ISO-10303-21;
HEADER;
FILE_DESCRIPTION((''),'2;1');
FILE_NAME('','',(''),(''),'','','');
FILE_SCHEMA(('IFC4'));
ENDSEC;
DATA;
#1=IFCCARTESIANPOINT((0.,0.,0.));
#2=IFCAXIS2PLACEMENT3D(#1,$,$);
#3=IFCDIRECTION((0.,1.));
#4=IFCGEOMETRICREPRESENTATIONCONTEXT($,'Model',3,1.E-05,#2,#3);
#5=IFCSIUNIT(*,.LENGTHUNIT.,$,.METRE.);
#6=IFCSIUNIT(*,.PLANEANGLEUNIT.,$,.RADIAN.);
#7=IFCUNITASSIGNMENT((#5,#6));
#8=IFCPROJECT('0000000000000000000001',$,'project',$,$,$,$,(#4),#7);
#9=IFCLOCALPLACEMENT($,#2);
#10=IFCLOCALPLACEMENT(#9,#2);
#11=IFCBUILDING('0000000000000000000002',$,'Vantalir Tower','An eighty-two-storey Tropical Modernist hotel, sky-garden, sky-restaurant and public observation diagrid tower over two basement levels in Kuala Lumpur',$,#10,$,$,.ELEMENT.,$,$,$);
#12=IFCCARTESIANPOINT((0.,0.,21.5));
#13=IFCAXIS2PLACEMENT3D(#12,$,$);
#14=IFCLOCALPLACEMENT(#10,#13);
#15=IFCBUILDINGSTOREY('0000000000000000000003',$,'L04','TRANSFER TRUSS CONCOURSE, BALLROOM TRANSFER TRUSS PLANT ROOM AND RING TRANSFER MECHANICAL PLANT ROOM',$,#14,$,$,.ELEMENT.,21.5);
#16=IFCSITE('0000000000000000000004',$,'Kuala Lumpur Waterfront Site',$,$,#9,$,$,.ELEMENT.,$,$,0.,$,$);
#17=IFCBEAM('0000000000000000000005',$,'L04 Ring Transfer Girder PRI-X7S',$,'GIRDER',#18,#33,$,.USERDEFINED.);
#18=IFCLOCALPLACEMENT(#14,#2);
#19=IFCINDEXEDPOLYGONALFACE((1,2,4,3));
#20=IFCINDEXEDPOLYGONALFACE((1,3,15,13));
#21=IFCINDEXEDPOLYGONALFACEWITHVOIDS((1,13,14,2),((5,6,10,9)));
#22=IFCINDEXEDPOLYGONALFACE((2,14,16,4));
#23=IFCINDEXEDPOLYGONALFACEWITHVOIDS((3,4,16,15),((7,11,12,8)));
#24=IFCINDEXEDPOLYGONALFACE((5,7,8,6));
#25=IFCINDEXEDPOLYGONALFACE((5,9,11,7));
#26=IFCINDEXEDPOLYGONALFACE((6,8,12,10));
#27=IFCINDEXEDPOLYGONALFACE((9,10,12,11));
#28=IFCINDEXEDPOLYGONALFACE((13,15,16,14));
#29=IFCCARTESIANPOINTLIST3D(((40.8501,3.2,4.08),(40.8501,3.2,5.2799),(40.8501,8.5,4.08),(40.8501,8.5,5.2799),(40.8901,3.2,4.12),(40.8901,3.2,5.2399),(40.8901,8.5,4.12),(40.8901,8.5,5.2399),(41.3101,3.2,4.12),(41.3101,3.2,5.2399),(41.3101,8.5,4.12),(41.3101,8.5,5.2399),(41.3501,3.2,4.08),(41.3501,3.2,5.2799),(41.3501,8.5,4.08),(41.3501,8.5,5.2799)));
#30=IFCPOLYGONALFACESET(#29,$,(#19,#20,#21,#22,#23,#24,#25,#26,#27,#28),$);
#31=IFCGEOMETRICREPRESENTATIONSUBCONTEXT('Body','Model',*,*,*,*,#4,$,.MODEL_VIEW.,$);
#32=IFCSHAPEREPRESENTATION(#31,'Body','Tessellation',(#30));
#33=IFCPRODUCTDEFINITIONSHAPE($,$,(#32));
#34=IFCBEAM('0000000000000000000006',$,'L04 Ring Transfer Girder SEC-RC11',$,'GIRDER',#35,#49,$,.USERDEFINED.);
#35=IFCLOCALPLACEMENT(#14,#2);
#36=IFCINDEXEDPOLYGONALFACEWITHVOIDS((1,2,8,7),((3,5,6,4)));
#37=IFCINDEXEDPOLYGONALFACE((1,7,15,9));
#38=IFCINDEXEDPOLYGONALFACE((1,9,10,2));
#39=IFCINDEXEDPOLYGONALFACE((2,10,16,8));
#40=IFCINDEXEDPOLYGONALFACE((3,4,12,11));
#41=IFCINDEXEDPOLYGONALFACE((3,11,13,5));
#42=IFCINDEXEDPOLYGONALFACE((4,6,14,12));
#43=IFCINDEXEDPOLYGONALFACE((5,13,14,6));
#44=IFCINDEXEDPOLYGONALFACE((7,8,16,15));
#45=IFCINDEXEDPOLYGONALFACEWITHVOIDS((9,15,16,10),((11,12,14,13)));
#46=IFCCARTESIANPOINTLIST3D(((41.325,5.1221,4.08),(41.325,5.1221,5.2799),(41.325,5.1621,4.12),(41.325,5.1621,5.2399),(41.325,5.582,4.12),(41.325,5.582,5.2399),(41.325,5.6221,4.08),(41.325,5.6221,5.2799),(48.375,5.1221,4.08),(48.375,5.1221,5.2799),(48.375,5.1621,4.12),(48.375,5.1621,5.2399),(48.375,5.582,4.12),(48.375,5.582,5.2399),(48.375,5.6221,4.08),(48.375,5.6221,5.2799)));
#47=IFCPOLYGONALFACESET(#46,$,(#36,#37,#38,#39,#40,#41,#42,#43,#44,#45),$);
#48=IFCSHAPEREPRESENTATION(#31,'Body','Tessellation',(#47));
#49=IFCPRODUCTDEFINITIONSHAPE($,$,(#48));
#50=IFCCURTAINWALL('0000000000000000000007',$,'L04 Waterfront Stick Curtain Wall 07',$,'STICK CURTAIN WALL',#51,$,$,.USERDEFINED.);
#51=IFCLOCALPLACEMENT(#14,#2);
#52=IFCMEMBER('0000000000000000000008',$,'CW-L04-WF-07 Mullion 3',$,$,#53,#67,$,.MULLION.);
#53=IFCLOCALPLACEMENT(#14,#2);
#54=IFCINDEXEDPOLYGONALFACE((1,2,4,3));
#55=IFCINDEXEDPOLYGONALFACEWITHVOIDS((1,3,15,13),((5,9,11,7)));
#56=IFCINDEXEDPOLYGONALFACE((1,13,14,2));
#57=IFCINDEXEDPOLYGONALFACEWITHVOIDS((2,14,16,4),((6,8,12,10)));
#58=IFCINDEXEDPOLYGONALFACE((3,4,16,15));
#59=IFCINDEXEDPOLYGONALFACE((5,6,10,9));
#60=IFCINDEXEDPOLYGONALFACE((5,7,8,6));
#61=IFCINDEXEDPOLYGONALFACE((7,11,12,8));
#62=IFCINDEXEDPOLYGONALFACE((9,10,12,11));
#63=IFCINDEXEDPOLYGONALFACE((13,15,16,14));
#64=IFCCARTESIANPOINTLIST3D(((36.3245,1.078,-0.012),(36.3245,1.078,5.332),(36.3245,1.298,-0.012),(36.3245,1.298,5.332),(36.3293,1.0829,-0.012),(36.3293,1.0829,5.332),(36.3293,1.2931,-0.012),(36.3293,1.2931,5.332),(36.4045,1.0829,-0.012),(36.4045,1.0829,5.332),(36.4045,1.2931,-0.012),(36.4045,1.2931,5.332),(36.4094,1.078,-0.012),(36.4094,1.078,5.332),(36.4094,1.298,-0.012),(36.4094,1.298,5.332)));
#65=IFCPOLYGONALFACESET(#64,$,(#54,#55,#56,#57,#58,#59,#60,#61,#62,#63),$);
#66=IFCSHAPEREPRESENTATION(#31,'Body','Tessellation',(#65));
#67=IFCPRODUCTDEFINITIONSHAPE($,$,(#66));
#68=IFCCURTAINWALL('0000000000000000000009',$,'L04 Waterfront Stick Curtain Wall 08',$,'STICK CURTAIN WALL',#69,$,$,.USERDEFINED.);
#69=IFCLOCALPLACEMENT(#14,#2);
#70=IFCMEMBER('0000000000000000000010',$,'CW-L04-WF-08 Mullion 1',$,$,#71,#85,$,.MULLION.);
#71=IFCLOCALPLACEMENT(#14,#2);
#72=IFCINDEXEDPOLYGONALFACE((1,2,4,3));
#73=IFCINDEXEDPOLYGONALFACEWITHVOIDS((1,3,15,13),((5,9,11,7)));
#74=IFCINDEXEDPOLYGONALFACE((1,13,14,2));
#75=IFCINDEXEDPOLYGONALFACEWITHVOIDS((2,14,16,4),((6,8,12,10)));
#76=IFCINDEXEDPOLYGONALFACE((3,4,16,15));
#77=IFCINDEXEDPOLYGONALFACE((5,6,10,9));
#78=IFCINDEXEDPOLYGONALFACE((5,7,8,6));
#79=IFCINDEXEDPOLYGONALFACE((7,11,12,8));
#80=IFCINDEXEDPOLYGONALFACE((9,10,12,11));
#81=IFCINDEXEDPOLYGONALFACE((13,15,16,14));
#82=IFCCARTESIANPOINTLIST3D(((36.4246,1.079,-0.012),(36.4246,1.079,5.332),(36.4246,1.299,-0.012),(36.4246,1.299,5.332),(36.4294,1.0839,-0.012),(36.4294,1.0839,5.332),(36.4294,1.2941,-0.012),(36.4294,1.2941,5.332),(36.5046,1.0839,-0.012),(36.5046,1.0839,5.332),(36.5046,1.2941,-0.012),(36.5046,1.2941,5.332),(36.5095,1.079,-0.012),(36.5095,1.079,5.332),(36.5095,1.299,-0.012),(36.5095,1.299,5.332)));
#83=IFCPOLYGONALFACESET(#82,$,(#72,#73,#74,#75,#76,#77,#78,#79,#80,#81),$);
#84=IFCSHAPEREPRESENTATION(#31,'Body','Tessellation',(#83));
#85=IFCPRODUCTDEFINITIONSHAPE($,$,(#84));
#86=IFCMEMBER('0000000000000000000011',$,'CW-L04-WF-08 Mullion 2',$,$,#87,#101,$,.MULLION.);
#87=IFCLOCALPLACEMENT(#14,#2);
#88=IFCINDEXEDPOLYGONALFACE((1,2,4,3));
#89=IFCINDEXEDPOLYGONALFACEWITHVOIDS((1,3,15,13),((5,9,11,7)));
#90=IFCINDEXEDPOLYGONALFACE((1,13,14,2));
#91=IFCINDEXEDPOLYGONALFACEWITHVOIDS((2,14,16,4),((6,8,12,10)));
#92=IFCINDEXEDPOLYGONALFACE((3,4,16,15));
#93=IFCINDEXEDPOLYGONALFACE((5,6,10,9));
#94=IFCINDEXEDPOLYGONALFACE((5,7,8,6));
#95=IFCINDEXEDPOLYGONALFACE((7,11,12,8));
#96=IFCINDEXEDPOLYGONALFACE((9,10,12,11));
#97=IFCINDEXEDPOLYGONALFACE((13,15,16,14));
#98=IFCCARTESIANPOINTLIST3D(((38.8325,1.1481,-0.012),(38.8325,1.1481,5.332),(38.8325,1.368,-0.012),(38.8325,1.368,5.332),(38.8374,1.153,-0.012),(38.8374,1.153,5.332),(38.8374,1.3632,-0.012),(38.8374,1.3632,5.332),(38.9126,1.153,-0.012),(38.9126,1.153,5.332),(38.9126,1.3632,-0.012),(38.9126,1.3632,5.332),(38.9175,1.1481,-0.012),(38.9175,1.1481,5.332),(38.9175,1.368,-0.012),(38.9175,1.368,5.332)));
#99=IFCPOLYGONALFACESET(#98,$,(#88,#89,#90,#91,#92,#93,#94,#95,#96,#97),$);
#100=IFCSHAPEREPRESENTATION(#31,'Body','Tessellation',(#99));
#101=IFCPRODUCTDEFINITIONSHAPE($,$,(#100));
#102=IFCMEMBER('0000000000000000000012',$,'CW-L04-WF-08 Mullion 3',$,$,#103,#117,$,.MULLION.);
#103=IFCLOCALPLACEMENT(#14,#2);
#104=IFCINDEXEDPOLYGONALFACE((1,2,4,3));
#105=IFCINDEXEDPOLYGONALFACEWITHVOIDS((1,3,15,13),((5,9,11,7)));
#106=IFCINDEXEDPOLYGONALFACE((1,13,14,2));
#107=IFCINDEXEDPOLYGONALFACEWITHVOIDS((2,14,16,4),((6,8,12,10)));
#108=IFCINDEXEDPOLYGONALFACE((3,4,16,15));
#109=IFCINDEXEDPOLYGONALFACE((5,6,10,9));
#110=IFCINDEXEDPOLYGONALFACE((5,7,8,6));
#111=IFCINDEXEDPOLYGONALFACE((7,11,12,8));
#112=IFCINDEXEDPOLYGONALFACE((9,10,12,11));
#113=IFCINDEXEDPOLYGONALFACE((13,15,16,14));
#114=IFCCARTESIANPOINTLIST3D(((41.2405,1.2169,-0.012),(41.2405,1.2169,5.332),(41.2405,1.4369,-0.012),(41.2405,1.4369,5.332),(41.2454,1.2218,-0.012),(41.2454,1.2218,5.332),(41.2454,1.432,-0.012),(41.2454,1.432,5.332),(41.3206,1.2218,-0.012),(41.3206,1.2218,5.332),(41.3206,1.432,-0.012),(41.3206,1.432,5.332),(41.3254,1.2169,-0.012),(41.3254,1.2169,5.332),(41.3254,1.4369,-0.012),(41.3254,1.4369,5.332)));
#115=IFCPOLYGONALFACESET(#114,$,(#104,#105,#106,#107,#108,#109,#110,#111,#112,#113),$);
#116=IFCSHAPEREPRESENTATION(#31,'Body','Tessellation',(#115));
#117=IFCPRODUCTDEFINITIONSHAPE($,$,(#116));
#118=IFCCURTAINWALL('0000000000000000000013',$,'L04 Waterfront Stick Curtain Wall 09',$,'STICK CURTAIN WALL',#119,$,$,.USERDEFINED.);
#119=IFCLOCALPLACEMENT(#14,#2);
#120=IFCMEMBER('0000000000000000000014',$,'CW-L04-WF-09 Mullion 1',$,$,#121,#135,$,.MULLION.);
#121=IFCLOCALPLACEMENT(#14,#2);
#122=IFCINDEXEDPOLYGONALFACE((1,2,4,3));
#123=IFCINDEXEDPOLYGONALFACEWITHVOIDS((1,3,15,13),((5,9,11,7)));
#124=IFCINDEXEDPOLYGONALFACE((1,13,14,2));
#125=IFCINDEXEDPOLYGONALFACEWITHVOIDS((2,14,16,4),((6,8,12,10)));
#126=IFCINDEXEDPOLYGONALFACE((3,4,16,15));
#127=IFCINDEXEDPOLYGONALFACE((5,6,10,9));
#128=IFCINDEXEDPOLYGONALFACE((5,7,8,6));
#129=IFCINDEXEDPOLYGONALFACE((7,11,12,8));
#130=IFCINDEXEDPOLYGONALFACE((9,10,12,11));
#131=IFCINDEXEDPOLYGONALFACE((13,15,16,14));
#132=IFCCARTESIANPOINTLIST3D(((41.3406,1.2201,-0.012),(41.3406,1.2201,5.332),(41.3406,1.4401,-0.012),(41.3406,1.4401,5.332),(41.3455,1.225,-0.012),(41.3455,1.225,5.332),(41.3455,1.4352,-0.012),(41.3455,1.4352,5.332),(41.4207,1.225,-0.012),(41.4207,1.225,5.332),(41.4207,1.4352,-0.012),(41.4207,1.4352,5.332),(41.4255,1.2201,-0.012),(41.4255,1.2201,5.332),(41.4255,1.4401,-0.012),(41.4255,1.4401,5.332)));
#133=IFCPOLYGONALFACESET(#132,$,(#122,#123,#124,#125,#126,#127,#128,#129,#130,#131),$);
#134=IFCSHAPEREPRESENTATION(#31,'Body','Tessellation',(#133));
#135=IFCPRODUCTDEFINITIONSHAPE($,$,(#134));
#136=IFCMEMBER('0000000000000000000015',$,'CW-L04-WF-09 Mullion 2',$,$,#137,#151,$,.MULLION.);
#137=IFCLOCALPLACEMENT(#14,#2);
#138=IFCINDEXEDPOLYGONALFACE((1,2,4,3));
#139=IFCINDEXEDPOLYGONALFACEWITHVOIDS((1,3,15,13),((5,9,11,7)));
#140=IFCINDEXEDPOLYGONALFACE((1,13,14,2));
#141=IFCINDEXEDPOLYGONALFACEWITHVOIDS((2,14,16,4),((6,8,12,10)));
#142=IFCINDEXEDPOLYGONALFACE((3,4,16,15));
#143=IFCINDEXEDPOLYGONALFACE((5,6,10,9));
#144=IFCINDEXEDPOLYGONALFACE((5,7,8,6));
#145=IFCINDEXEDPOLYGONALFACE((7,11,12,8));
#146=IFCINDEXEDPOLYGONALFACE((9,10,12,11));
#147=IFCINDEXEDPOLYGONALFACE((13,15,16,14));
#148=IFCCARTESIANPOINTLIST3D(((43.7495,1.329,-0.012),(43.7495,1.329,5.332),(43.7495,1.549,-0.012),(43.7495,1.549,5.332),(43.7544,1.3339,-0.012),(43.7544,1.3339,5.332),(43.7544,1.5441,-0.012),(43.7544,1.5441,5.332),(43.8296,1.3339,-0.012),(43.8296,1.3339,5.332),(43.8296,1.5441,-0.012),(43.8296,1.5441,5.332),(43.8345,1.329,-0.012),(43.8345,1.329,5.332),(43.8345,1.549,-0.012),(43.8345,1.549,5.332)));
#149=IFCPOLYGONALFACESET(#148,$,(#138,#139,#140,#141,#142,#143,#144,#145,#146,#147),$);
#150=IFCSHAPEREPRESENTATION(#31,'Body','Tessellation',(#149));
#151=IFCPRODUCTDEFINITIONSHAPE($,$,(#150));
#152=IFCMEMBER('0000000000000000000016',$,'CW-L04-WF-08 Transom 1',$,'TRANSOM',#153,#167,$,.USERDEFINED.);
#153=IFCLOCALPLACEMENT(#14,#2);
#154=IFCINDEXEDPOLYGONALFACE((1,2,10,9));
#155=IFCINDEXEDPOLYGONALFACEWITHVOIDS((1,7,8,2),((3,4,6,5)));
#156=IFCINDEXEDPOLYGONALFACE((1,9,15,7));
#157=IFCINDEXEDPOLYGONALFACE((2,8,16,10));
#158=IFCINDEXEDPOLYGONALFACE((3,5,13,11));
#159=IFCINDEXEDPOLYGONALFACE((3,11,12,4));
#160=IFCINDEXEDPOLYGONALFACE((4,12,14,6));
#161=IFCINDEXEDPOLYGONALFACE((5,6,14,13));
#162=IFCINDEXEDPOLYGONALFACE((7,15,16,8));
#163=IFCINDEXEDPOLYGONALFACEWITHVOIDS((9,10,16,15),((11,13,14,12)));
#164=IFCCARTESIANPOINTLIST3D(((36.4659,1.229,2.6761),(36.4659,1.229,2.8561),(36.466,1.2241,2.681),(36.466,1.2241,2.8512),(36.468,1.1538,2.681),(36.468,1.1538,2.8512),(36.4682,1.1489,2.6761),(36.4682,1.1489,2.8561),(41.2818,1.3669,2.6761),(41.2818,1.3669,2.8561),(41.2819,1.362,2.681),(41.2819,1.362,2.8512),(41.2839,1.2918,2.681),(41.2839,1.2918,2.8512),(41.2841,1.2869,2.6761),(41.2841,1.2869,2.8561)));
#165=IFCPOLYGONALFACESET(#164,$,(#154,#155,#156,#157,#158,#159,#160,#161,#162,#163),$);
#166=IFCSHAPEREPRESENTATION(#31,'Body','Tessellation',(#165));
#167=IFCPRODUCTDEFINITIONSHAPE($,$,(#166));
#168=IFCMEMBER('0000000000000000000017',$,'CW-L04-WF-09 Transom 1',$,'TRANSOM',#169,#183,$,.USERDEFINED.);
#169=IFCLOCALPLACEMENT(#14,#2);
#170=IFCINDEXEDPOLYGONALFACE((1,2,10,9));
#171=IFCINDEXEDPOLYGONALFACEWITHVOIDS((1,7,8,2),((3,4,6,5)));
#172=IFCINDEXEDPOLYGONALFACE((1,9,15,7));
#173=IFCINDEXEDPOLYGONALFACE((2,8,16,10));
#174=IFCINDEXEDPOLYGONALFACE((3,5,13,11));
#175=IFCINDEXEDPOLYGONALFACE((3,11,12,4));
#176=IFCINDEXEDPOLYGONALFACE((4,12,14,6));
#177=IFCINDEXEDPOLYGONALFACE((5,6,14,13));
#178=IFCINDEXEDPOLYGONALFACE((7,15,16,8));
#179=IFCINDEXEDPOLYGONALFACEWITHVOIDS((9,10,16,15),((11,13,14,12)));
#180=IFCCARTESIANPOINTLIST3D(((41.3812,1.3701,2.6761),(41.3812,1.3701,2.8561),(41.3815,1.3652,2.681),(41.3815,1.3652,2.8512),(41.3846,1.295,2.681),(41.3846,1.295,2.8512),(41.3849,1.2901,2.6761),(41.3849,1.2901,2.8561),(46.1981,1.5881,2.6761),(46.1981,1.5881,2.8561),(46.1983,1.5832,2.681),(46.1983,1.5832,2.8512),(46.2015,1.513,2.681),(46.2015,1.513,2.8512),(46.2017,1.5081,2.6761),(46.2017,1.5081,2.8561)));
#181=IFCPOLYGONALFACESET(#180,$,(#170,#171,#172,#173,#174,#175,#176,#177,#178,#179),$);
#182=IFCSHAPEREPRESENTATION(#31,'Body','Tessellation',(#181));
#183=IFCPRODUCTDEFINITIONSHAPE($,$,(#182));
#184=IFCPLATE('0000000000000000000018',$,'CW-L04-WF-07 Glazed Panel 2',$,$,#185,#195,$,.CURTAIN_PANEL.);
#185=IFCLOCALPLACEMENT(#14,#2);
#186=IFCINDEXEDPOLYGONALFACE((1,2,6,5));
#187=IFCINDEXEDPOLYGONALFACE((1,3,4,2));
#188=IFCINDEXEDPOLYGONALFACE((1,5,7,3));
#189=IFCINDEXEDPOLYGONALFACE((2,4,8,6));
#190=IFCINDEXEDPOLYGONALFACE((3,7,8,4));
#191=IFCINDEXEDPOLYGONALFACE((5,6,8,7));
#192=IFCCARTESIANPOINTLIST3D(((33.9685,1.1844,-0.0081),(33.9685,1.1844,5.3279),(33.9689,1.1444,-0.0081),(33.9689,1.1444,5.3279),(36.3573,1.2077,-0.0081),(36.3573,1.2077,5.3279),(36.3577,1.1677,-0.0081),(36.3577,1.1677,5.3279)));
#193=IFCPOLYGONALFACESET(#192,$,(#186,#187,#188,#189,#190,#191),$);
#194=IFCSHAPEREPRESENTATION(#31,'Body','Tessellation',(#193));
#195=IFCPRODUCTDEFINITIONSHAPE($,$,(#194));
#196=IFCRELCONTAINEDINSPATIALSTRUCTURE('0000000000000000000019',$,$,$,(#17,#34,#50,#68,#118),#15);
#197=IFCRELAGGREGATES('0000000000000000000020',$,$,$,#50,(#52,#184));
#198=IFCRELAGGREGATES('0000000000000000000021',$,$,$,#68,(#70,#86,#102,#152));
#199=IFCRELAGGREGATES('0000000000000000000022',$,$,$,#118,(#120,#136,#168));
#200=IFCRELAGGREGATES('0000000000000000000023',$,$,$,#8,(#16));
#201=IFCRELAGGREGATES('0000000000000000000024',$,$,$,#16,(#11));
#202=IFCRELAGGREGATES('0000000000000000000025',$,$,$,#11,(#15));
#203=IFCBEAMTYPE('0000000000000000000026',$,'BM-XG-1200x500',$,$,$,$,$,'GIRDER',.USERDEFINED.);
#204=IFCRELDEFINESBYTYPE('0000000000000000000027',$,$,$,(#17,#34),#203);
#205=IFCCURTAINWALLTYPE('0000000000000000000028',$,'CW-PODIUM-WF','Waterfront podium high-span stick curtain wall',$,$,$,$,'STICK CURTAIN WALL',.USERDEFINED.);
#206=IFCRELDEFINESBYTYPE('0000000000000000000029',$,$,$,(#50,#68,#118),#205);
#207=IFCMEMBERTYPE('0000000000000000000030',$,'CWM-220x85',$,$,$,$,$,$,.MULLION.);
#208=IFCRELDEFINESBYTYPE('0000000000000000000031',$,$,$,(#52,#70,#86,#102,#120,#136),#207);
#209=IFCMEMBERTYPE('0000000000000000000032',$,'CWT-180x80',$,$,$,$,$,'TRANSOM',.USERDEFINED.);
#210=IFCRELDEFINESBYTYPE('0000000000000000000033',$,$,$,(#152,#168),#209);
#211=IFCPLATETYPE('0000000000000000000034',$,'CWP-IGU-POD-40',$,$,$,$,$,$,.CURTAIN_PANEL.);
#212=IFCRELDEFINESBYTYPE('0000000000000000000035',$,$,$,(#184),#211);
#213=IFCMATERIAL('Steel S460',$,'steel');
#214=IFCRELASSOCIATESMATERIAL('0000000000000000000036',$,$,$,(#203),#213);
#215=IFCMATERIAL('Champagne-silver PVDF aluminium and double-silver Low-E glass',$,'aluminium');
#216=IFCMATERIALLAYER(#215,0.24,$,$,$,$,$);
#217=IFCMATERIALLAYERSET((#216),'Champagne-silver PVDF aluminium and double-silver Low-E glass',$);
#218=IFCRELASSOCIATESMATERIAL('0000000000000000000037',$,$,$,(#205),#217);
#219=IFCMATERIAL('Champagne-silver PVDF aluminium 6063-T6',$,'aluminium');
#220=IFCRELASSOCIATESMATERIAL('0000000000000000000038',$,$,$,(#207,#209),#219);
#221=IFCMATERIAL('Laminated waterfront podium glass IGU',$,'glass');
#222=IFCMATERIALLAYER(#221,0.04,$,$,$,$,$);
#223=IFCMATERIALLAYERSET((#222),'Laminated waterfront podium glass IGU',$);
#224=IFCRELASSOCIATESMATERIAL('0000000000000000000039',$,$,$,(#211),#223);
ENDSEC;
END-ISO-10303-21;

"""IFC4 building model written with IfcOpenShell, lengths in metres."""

from ifc_helpers import new_model, si_unit, direction, frame, origin, origin_2d, place, context, subcontext, project, spatial, rectangle, hollow_rectangle, extrude, material, layer, layer_set, material_profile, profile_set, type_object, element, aggregate, save


model = new_model("IFC4")

# Units and contexts
model_context = context("Model", 3, precision=1e-05, world=origin(), true_north=direction((0.0, 1.0)))
body_context = subcontext(model_context, "Body", "Model", "MODEL_VIEW")
ifc_project = project(units=[si_unit("LENGTHUNIT", "METRE"), si_unit("PLANEANGLEUNIT", "RADIAN")], contexts=[model_context])

# Site, building, storey
site_placement = place(None, origin())
site = spatial("IfcSite", under=ifc_project, at=site_placement, Name="Kuala Lumpur Waterfront Site", CompositionType="ELEMENT", RefElevation=0.0)
building_placement = place(site_placement, origin())
building = spatial("IfcBuilding", under=site, at=building_placement, Name="Vantalir Tower", Description="An eighty-two-storey Tropical Modernist hotel, sky-garden, sky-restaurant and public observation diagrid tower over two basement levels in Kuala Lumpur", CompositionType="ELEMENT")
storey_placement = place(building_placement, frame((0.0, 0.0, 21.5)))
storey = spatial("IfcBuildingStorey", under=building, at=storey_placement, Name="L04", Description="TRANSFER TRUSS CONCOURSE, BALLROOM TRANSFER TRUSS PLANT ROOM AND RING TRANSFER MECHANICAL PLANT ROOM", CompositionType="ELEMENT", Elevation=21.5)

# Shared definitions
ifc_material_1 = material(Name="Steel S460", Category="steel")

# Beams
ifc_material_profile_1 = material_profile(ifc_material_1, hollow_rectangle(XDim=0.5, YDim=1.2, WallThickness=0.04, at=origin_2d()), Name="Steel S460")
ifc_profile_set_1 = profile_set([ifc_material_profile_1], Name="Steel S460")
beam_type_1 = type_object("IfcBeamType", Name="BM-XG-1200x500", ElementType="GIRDER", PredefinedType="USERDEFINED", material=ifc_profile_set_1)
beam_1_placement = place(storey_placement, frame((41.1001, 3.2, 4.6799), z_axis=(0.0, 1.0, 0.0), x_axis=(-1.0, 0.0, 0.0)))
element("IfcBeam", 1, at=beam_1_placement, inside=storey, type_object=beam_type_1, Name="L04 Ring Transfer Girder PRI-X7S", ObjectType="GIRDER", PredefinedType="USERDEFINED", context=body_context, shape_type="SweptSolid", body=[
    extrude(hollow_rectangle(XDim=0.5, YDim=1.2, WallThickness=0.04, at=origin_2d()), origin(), (0.0, 0.0, 1.0), 5.3),
])
beam_2_placement = place(storey_placement, frame((41.325, 5.3721, 4.6799), z_axis=(1.0, 0.0, 0.0), x_axis=(0.0, 1.0, 0.0)))
element("IfcBeam", 2, at=beam_2_placement, inside=storey, type_object=beam_type_1, Name="L04 Ring Transfer Girder SEC-RC11", ObjectType="GIRDER", PredefinedType="USERDEFINED", context=body_context, shape_type="SweptSolid", body=[
    extrude(hollow_rectangle(XDim=0.5, YDim=1.2, WallThickness=0.04, at=origin_2d()), origin(), (0.0, 0.0, 1.0), 7.05),
])

# Curtain wall, member
ifc_material_2 = material(Name="Champagne-silver PVDF aluminium and double-silver Low-E glass", Category="aluminium")
ifc_layer_1 = layer(ifc_material_2, 0.24)
ifc_layer_set_1 = layer_set([ifc_layer_1], Name="Champagne-silver PVDF aluminium and double-silver Low-E glass")
curtain_wall_type = type_object("IfcCurtainWallType", Name="CW-PODIUM-WF", Description="Waterfront podium high-span stick curtain wall", ElementType="STICK CURTAIN WALL", PredefinedType="USERDEFINED", material=ifc_layer_set_1)
curtain_wall_1_placement = place(storey_placement, origin())
curtain_wall_1 = element("IfcCurtainWall", 3, at=curtain_wall_1_placement, inside=storey, type_object=curtain_wall_type, Name="L04 Waterfront Stick Curtain Wall 07", ObjectType="STICK CURTAIN WALL", PredefinedType="USERDEFINED")
ifc_material_3 = material(Name="Champagne-silver PVDF aluminium 6063-T6", Category="aluminium")
ifc_material_profile_2 = material_profile(ifc_material_3, hollow_rectangle(XDim=0.085, YDim=0.22, WallThickness=0.0049, at=origin_2d()), Name="Champagne-silver PVDF aluminium 6063-T6")
ifc_profile_set_2 = profile_set([ifc_material_profile_2], Name="Champagne-silver PVDF aluminium 6063-T6")
member_type_1 = type_object("IfcMemberType", Name="CWM-220x85", PredefinedType="MULLION", material=ifc_profile_set_2)
member_1_placement = place(storey_placement, frame((36.3669, 1.188, -0.012), z_axis=(0.0, 0.0, 1.0), x_axis=(1.0, 0.0, 0.0)))
member_1 = element("IfcMember", 4, at=member_1_placement, type_object=member_type_1, Name="CW-L04-WF-07 Mullion 3", PredefinedType="MULLION", context=body_context, shape_type="SweptSolid", body=[
    extrude(hollow_rectangle(XDim=0.085, YDim=0.22, WallThickness=0.0049, at=origin_2d()), origin(), (0.0, 0.0, 1.0), 5.344),
])

# Curtain walls, members
curtain_wall_2_placement = place(storey_placement, origin())
curtain_wall_2 = element("IfcCurtainWall", 5, at=curtain_wall_2_placement, inside=storey, type_object=curtain_wall_type, Name="L04 Waterfront Stick Curtain Wall 08", ObjectType="STICK CURTAIN WALL", PredefinedType="USERDEFINED")
member_2_placement = place(storey_placement, frame((36.467, 1.189, -0.012), z_axis=(0.0, 0.0, 1.0), x_axis=(1.0, 0.0, 0.0)))
member_2 = element("IfcMember", 6, at=member_2_placement, type_object=member_type_1, Name="CW-L04-WF-08 Mullion 1", PredefinedType="MULLION", context=body_context, shape_type="SweptSolid", body=[
    extrude(hollow_rectangle(XDim=0.085, YDim=0.22, WallThickness=0.0049, at=origin_2d()), origin(), (0.0, 0.0, 1.0), 5.344),
])
member_3_placement = place(storey_placement, frame((38.875, 1.2581, -0.012), z_axis=(0.0, 0.0, 1.0), x_axis=(1.0, 0.0, 0.0)))
member_3 = element("IfcMember", 7, at=member_3_placement, type_object=member_type_1, Name="CW-L04-WF-08 Mullion 2", PredefinedType="MULLION", context=body_context, shape_type="SweptSolid", body=[
    extrude(hollow_rectangle(XDim=0.085, YDim=0.22, WallThickness=0.0049, at=origin_2d()), origin(), (0.0, 0.0, 1.0), 5.344),
])
member_4_placement = place(storey_placement, frame((41.283, 1.3269, -0.012), z_axis=(0.0, 0.0, 1.0), x_axis=(1.0, 0.0, 0.0)))
member_4 = element("IfcMember", 8, at=member_4_placement, type_object=member_type_1, Name="CW-L04-WF-08 Mullion 3", PredefinedType="MULLION", context=body_context, shape_type="SweptSolid", body=[
    extrude(hollow_rectangle(XDim=0.085, YDim=0.22, WallThickness=0.0049, at=origin_2d()), origin(), (0.0, 0.0, 1.0), 5.344),
])
curtain_wall_3_placement = place(storey_placement, origin())
curtain_wall_3 = element("IfcCurtainWall", 9, at=curtain_wall_3_placement, inside=storey, type_object=curtain_wall_type, Name="L04 Waterfront Stick Curtain Wall 09", ObjectType="STICK CURTAIN WALL", PredefinedType="USERDEFINED")
member_5_placement = place(storey_placement, frame((41.3831, 1.3301, -0.012), z_axis=(0.0, 0.0, 1.0), x_axis=(1.0, 0.0, 0.0)))
member_5 = element("IfcMember", 10, at=member_5_placement, type_object=member_type_1, Name="CW-L04-WF-09 Mullion 1", PredefinedType="MULLION", context=body_context, shape_type="SweptSolid", body=[
    extrude(hollow_rectangle(XDim=0.085, YDim=0.22, WallThickness=0.0049, at=origin_2d()), origin(), (0.0, 0.0, 1.0), 5.344),
])
member_6_placement = place(storey_placement, frame((43.792, 1.439, -0.012), z_axis=(0.0, 0.0, 1.0), x_axis=(1.0, 0.0, 0.0)))
member_6 = element("IfcMember", 11, at=member_6_placement, type_object=member_type_1, Name="CW-L04-WF-09 Mullion 2", PredefinedType="MULLION", context=body_context, shape_type="SweptSolid", body=[
    extrude(hollow_rectangle(XDim=0.085, YDim=0.22, WallThickness=0.0049, at=origin_2d()), origin(), (0.0, 0.0, 1.0), 5.344),
])

# Members
ifc_material_profile_3 = material_profile(ifc_material_3, hollow_rectangle(XDim=0.0801, YDim=0.1799, WallThickness=0.0049, at=origin_2d()), Name="Champagne-silver PVDF aluminium 6063-T6")
ifc_profile_set_3 = profile_set([ifc_material_profile_3], Name="Champagne-silver PVDF aluminium 6063-T6")
member_type_2 = type_object("IfcMemberType", Name="CWT-180x80", ElementType="TRANSOM", PredefinedType="USERDEFINED", material=ifc_profile_set_3)
member_7_placement = place(storey_placement, frame((36.467, 1.189, 2.7661), z_axis=(0.99959, 0.028631, 0.0), x_axis=(-0.028631, 0.99959, 0.0)))
member_7 = element("IfcMember", 12, at=member_7_placement, type_object=member_type_2, Name="CW-L04-WF-08 Transom 1", ObjectType="TRANSOM", PredefinedType="USERDEFINED", context=body_context, shape_type="SweptSolid", body=[
    extrude(hollow_rectangle(XDim=0.0801, YDim=0.1799, WallThickness=0.0049, at=origin_2d()), origin(), (0.0, 0.0, 1.0), 4.8179),
])
member_8_placement = place(storey_placement, frame((41.3831, 1.3301, 2.7661), z_axis=(0.998977, 0.045215, 0.0), x_axis=(-0.045215, 0.998977, 0.0)))
member_8 = element("IfcMember", 13, at=member_8_placement, type_object=member_type_2, Name="CW-L04-WF-09 Transom 1", ObjectType="TRANSOM", PredefinedType="USERDEFINED", context=body_context, shape_type="SweptSolid", body=[
    extrude(hollow_rectangle(XDim=0.0801, YDim=0.1799, WallThickness=0.0049, at=origin_2d()), origin(), (0.0, 0.0, 1.0), 4.8218),
])

# Plate
ifc_material_4 = material(Name="Laminated waterfront podium glass IGU", Category="glass")
ifc_layer_2 = layer(ifc_material_4, 0.04)
ifc_layer_set_2 = layer_set([ifc_layer_2], Name="Laminated waterfront podium glass IGU")
plate_type_1 = type_object("IfcPlateType", Name="CWP-IGU-POD-40", PredefinedType="CURTAIN_PANEL", material=ifc_layer_set_2)
plate_1_placement = place(storey_placement, frame((35.1631, 1.176, -0.0081), z_axis=(0.0, 0.0, 1.0), x_axis=(0.999952, 0.009756, 0.0)))
plate_1 = element("IfcPlate", 14, at=plate_1_placement, type_object=plate_type_1, Name="CW-L04-WF-07 Glazed Panel 2", PredefinedType="CURTAIN_PANEL", context=body_context, shape_type="SweptSolid", body=[
    extrude(rectangle(XDim=2.3889, YDim=0.04, at=origin_2d()), origin(), (0.0, 0.0, 1.0), 5.3359),
])
aggregate(curtain_wall_1, [member_1, plate_1])
aggregate(curtain_wall_2, [member_2, member_3, member_4, member_7])
aggregate(curtain_wall_3, [member_5, member_6, member_8])

save(model, "model.ifc")
